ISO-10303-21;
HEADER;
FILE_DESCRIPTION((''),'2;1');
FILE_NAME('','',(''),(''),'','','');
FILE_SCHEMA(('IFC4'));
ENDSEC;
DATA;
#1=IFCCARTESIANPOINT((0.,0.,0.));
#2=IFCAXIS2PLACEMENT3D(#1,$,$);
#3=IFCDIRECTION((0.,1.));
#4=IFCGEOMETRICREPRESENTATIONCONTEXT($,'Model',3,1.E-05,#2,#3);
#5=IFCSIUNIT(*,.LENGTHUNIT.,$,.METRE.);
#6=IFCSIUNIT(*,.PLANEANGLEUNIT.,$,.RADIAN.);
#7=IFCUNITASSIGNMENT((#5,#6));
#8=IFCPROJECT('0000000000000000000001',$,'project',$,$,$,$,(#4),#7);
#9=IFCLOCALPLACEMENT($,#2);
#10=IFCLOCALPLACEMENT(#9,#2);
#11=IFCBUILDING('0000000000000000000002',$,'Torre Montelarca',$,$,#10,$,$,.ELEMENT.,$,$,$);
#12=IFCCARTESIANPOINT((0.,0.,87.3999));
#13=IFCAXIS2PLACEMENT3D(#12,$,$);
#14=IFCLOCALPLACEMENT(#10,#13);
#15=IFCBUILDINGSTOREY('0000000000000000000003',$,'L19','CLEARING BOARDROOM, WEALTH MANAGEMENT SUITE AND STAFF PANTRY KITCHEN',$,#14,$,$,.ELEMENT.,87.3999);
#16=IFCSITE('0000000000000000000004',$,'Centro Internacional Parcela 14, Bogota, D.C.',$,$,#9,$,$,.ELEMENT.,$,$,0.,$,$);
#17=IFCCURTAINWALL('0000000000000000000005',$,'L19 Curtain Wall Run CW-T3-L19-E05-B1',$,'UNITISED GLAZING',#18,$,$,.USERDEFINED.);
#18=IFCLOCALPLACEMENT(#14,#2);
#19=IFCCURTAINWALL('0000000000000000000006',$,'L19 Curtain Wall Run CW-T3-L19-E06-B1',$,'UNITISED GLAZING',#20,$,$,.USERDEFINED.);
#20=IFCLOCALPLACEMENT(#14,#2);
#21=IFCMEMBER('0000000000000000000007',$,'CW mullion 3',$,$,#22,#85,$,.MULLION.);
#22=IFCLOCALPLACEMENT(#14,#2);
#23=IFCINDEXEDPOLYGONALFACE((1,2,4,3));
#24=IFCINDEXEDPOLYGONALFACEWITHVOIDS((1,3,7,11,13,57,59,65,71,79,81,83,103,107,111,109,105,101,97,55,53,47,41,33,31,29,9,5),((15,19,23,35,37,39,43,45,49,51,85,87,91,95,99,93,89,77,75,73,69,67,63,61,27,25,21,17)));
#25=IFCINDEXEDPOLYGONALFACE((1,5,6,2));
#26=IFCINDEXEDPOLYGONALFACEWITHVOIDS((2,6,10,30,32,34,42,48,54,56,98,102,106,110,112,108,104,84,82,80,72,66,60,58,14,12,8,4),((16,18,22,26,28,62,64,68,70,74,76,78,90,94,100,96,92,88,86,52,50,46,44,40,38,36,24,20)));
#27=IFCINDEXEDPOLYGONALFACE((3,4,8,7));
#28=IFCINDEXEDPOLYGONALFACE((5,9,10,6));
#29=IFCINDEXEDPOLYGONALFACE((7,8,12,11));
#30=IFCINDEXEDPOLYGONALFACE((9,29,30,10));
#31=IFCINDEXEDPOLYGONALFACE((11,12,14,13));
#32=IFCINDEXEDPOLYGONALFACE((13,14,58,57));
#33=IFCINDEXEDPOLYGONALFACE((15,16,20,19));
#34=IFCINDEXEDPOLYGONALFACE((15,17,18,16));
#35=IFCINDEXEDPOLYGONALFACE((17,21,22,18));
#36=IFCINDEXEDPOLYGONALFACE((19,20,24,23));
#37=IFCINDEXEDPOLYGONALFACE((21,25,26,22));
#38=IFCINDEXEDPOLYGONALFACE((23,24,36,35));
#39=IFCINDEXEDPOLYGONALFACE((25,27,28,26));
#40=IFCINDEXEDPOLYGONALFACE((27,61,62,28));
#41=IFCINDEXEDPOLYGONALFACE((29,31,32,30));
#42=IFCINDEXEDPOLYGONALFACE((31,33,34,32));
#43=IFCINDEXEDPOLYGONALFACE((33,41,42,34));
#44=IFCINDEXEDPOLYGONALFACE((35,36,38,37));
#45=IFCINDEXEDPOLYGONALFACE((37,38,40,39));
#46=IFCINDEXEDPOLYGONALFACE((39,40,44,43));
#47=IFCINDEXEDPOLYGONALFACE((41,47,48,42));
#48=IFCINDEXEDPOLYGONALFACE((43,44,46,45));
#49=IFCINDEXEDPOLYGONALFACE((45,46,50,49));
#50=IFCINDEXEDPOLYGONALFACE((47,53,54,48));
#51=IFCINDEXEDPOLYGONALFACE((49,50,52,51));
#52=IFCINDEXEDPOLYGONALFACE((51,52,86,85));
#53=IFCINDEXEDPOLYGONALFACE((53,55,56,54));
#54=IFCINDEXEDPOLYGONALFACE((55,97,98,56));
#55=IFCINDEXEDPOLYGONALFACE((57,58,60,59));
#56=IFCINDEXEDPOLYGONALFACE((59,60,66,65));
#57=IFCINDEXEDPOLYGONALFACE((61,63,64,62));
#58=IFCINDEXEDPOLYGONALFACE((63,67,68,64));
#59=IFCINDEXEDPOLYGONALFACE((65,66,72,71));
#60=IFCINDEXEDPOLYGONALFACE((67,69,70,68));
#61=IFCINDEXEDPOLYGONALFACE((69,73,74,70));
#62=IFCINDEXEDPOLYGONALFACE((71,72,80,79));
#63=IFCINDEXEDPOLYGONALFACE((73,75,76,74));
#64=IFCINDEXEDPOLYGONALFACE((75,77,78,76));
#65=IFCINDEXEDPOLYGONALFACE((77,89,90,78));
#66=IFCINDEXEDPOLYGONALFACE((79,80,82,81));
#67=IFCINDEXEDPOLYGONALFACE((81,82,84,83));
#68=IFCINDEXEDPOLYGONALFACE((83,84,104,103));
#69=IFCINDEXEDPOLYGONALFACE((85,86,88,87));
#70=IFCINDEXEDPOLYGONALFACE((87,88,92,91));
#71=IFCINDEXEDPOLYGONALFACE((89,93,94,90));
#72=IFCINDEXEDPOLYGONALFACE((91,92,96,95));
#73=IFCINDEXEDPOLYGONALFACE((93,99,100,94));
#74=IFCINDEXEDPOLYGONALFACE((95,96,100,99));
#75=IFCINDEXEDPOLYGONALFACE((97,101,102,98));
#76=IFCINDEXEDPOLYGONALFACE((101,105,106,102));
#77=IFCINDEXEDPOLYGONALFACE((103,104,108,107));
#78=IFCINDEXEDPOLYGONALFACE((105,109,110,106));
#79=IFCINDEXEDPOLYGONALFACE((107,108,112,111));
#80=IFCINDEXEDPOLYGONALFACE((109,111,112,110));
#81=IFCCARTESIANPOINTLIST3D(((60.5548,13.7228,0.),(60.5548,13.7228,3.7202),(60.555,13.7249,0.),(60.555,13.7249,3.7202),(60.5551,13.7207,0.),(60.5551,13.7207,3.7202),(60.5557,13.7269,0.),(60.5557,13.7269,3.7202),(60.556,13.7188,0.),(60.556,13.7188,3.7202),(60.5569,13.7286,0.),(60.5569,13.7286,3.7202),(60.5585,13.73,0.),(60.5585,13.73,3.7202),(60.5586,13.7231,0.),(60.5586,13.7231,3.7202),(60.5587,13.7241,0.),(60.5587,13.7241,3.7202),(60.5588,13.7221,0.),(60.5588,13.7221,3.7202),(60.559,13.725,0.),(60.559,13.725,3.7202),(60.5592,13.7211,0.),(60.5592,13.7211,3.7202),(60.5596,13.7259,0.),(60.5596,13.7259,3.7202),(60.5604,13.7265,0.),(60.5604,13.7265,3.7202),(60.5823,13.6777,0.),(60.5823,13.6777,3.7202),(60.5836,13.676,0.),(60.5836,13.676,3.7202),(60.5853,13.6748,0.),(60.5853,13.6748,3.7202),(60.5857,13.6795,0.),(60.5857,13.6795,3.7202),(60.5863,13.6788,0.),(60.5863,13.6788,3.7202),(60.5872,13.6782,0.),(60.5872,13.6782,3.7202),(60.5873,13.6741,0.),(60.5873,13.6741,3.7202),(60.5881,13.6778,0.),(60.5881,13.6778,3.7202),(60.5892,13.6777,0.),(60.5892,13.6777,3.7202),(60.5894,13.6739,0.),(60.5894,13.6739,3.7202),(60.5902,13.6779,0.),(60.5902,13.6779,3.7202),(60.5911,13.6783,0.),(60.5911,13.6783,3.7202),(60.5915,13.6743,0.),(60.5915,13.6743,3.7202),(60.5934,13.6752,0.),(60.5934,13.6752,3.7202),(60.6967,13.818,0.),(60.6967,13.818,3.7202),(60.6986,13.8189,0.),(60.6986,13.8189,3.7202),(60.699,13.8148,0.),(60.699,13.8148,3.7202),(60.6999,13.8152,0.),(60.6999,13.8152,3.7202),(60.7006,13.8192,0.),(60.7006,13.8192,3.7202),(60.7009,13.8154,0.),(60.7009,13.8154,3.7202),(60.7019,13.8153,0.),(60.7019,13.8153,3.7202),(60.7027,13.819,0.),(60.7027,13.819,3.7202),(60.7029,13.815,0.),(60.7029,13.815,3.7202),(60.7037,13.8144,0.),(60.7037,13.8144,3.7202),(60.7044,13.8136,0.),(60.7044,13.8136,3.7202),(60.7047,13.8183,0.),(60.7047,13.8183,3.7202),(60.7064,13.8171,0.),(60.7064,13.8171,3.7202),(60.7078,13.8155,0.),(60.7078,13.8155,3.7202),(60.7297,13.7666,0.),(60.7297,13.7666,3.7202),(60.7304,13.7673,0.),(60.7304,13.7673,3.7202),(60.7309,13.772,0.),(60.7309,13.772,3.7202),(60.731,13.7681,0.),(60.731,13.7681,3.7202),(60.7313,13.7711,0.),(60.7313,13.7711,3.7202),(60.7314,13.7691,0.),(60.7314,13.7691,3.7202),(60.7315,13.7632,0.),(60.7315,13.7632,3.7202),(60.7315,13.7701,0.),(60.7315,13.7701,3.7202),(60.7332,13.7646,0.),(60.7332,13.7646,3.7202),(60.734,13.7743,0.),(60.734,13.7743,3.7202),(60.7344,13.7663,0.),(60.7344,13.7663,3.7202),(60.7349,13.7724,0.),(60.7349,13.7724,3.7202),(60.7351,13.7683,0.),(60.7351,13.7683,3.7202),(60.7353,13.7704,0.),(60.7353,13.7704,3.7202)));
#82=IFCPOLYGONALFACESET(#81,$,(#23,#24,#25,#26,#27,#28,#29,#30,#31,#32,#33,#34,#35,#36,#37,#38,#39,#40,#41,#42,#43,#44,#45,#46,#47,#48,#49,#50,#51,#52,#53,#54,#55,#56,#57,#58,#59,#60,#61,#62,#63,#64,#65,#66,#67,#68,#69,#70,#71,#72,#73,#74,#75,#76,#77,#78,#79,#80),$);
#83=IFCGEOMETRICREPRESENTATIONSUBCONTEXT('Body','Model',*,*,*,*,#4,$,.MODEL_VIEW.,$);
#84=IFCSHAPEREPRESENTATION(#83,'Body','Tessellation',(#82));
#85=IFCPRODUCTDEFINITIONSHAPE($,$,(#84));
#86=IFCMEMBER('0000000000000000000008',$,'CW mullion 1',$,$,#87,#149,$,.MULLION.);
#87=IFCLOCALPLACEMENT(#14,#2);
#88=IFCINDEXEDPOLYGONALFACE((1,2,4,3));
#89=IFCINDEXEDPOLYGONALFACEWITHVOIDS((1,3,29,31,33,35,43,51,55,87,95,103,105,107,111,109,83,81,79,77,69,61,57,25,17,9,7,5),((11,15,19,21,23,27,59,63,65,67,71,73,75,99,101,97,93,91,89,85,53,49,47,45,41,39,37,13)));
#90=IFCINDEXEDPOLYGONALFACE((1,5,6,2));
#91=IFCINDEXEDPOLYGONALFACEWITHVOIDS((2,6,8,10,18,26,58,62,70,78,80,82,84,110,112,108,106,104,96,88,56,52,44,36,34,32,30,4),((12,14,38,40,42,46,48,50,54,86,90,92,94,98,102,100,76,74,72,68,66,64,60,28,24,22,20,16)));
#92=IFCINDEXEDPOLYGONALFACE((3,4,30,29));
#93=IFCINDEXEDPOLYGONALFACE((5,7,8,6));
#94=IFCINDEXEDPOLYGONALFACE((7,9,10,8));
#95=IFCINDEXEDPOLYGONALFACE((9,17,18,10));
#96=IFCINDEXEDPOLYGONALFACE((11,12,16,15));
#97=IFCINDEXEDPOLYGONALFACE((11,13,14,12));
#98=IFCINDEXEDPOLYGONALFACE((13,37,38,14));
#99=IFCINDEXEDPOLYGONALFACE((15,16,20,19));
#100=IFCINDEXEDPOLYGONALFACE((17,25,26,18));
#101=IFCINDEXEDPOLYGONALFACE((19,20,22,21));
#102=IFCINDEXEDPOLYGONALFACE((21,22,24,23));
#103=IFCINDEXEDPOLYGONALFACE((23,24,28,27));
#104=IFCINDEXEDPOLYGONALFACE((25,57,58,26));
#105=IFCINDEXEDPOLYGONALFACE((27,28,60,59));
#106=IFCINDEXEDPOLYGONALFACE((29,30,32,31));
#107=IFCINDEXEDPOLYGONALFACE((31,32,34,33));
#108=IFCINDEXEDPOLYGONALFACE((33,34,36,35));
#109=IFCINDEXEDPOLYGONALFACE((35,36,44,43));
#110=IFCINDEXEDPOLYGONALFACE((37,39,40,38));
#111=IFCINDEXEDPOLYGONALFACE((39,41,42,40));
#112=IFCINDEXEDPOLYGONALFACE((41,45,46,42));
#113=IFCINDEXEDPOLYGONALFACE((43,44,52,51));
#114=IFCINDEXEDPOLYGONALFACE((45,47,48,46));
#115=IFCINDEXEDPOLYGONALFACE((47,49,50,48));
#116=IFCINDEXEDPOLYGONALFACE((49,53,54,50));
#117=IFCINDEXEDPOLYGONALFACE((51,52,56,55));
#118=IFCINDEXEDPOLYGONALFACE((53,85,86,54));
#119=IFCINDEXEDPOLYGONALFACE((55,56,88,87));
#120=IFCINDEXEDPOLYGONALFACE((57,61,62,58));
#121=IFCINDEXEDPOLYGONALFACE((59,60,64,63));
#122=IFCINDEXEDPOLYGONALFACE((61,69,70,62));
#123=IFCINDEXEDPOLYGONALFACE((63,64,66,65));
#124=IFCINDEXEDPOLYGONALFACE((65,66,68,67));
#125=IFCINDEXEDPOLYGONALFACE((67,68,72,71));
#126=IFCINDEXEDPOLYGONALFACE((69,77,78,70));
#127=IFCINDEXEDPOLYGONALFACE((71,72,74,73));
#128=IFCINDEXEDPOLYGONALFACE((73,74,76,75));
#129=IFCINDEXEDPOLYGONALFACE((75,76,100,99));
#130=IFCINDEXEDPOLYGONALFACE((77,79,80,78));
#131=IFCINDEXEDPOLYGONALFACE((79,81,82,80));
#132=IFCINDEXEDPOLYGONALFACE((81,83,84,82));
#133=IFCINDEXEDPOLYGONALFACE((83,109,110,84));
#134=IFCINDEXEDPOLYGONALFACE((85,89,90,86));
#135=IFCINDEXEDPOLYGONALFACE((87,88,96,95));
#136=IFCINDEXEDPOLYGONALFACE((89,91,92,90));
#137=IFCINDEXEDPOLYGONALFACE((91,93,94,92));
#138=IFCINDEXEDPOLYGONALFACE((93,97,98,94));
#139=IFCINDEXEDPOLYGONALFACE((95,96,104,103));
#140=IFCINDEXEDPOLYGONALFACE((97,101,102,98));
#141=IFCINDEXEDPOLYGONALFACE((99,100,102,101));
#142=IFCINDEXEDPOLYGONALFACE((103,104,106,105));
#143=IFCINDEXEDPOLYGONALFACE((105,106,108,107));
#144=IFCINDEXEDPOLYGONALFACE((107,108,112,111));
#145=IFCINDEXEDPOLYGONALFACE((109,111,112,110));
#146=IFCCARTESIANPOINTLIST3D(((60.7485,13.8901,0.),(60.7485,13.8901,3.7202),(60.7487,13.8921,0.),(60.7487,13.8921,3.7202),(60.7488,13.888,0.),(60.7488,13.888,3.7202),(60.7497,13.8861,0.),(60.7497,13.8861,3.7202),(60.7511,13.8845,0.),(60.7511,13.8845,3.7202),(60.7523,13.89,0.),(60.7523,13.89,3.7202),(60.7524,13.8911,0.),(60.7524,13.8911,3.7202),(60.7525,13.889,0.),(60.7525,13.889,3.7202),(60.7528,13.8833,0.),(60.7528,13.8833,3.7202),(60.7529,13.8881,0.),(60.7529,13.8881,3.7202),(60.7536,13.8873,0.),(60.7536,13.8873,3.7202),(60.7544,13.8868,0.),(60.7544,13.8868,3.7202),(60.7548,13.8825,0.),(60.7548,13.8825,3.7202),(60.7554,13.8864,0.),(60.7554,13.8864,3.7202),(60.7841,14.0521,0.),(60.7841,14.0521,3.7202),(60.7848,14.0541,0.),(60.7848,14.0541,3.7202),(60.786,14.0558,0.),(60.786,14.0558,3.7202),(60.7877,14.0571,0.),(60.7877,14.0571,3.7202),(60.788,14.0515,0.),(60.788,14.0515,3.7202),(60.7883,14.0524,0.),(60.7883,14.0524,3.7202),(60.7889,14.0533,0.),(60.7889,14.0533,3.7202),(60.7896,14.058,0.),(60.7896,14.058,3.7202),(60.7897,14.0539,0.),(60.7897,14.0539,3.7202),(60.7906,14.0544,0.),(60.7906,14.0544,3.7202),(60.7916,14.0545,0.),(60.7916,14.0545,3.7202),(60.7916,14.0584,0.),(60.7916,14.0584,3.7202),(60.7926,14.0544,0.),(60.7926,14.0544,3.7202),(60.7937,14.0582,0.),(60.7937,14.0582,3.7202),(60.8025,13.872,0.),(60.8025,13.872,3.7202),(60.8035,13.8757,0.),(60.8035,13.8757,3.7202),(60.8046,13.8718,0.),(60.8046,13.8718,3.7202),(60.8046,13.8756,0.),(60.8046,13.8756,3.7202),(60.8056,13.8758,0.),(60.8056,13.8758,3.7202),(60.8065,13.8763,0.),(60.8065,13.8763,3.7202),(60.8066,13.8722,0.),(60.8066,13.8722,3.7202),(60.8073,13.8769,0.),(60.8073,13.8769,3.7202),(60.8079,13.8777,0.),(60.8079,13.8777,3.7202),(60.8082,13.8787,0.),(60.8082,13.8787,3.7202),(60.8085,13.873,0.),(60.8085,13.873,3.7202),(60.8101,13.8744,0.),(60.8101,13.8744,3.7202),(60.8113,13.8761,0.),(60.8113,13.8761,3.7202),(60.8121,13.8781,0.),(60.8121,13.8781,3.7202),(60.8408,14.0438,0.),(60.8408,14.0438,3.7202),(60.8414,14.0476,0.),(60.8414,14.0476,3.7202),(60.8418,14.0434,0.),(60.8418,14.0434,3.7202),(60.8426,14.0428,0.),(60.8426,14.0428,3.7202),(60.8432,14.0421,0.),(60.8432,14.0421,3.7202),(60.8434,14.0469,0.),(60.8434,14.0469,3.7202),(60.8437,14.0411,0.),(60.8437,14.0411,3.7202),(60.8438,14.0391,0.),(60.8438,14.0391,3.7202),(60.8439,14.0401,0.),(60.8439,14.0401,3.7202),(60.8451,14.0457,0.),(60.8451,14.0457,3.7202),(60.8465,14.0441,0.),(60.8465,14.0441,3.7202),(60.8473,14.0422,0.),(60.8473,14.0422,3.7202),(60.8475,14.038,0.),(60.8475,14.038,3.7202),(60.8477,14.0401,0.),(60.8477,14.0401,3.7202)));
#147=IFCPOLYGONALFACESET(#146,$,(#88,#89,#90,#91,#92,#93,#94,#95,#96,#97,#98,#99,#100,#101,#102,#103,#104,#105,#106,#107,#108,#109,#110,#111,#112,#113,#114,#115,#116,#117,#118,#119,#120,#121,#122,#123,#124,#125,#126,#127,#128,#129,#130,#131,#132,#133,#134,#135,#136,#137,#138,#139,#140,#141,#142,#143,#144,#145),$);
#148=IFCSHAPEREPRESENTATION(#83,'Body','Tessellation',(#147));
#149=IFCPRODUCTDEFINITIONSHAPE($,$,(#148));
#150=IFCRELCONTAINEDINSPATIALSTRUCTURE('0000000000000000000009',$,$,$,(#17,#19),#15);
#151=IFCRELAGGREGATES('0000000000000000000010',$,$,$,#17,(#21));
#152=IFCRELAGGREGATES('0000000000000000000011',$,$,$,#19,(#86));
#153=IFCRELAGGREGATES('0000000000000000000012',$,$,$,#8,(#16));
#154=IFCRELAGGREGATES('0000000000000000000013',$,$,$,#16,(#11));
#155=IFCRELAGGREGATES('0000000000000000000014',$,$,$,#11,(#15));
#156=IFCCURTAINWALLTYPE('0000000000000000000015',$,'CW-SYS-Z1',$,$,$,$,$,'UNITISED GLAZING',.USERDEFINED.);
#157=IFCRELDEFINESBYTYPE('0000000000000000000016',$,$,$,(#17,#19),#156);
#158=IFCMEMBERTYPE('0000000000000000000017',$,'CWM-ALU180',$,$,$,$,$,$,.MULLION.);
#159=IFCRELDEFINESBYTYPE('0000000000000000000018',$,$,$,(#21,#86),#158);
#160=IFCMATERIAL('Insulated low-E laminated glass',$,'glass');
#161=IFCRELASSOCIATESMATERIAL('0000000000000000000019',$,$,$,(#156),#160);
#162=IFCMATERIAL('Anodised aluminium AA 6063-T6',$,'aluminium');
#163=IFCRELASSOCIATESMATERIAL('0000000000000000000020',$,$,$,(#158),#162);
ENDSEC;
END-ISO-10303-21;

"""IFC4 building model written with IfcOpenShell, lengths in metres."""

from ifc_helpers import new_model, si_unit, direction, frame, origin, origin_2d, place, context, subcontext, project, spatial, hollow_rectangle, extrude, source, transform, mapped, material, material_profile, profile_set, type_object, element, aggregate, save


model = new_model("IFC4")

# Units and contexts
model_context = context("Model", 3, precision=1e-05, world=origin(), true_north=direction((0.0, 1.0)))
body_context = subcontext(model_context, "Body", "Model", "MODEL_VIEW")
ifc_project = project(units=[si_unit("LENGTHUNIT", "METRE"), si_unit("PLANEANGLEUNIT", "RADIAN")], contexts=[model_context])

# Site, building, storey
site_placement = place(None, origin())
site = spatial("IfcSite", under=ifc_project, at=site_placement, Name="Centro Internacional Parcela 14, Bogota, D.C.", CompositionType="ELEMENT", RefElevation=0.0)
building_placement = place(site_placement, origin())
building = spatial("IfcBuilding", under=site, at=building_placement, Name="Torre Montelarca", CompositionType="ELEMENT")
storey_placement = place(building_placement, frame((0.0, 0.0, 87.3999)))
storey = spatial("IfcBuildingStorey", under=building, at=storey_placement, Name="L19", Description="CLEARING BOARDROOM, WEALTH MANAGEMENT SUITE AND STAFF PANTRY KITCHEN", CompositionType="ELEMENT", Elevation=87.3999)

# Curtain walls
ifc_material_1 = material(Name="Insulated low-E laminated glass", Category="glass")
curtain_wall_type = type_object("IfcCurtainWallType", Name="CW-SYS-Z1", ElementType="UNITISED GLAZING", PredefinedType="USERDEFINED", material=ifc_material_1)
ifc_material_2 = material(Name="Anodised aluminium AA 6063-T6", Category="aluminium")
curtain_wall_1_placement = place(storey_placement, origin())
curtain_wall_1 = element("IfcCurtainWall", 1, at=curtain_wall_1_placement, inside=storey, type_object=curtain_wall_type, Name="L19 Curtain Wall Run CW-T3-L19-E05-B1", ObjectType="UNITISED GLAZING", PredefinedType="USERDEFINED")
curtain_wall_2_placement = place(storey_placement, origin())
curtain_wall_2 = element("IfcCurtainWall", 2, at=curtain_wall_2_placement, inside=storey, type_object=curtain_wall_type, Name="L19 Curtain Wall Run CW-T3-L19-E06-B1", ObjectType="UNITISED GLAZING", PredefinedType="USERDEFINED")

# Members
ifc_material_profile_1 = material_profile(ifc_material_2, hollow_rectangle(XDim=0.0649, YDim=0.1799, WallThickness=0.0039, InnerFilletRadius=0.0039, OuterFilletRadius=0.0081, at=origin_2d()), Name="ALU65X180X4", Category="aluminium")
ifc_profile_set_1 = profile_set([ifc_material_profile_1], Name="Anodised aluminium AA 6063-T6")
member_type_1 = type_object("IfcMemberType", Name="CWM-ALU180", PredefinedType="MULLION", material=ifc_profile_set_1)
shared_shape_1 = source(origin(), body_context, "Body", "SweptSolid", [
    extrude(hollow_rectangle(XDim=0.0649, YDim=0.1799, WallThickness=0.0039, InnerFilletRadius=0.0039, OuterFilletRadius=0.0081, at=origin_2d()), origin(), (0.0, 0.0, 1.0), 3.7202),
])
member_1_placement = place(storey_placement, frame((60.645, 13.7466, 0.0), z_axis=(0.0, 0.0, 1.0), x_axis=(-0.537304, 0.843388, 0.0)))
member_1 = element("IfcMember", 3, at=member_1_placement, type_object=member_type_1, Name="CW mullion 3", PredefinedType="MULLION", context=body_context, shape_type="MappedRepresentation", body=[
    mapped(shared_shape_1, transform((0.0, 0.0, 0.0), scale=1.0)),
])
member_2_placement = place(storey_placement, frame((60.7981, 13.9651, 0.0), z_axis=(0.0, 0.0, 1.0), x_axis=(-0.976296, 0.216441, 0.0)))
member_2 = element("IfcMember", 4, at=member_2_placement, type_object=member_type_1, Name="CW mullion 1", PredefinedType="MULLION", context=body_context, shape_type="MappedRepresentation", body=[
    mapped(shared_shape_1, transform((0.0, 0.0, 0.0), scale=1.0)),
])

aggregate(curtain_wall_1, [member_1])
aggregate(curtain_wall_2, [member_2])

save(model, "model.ifc")
